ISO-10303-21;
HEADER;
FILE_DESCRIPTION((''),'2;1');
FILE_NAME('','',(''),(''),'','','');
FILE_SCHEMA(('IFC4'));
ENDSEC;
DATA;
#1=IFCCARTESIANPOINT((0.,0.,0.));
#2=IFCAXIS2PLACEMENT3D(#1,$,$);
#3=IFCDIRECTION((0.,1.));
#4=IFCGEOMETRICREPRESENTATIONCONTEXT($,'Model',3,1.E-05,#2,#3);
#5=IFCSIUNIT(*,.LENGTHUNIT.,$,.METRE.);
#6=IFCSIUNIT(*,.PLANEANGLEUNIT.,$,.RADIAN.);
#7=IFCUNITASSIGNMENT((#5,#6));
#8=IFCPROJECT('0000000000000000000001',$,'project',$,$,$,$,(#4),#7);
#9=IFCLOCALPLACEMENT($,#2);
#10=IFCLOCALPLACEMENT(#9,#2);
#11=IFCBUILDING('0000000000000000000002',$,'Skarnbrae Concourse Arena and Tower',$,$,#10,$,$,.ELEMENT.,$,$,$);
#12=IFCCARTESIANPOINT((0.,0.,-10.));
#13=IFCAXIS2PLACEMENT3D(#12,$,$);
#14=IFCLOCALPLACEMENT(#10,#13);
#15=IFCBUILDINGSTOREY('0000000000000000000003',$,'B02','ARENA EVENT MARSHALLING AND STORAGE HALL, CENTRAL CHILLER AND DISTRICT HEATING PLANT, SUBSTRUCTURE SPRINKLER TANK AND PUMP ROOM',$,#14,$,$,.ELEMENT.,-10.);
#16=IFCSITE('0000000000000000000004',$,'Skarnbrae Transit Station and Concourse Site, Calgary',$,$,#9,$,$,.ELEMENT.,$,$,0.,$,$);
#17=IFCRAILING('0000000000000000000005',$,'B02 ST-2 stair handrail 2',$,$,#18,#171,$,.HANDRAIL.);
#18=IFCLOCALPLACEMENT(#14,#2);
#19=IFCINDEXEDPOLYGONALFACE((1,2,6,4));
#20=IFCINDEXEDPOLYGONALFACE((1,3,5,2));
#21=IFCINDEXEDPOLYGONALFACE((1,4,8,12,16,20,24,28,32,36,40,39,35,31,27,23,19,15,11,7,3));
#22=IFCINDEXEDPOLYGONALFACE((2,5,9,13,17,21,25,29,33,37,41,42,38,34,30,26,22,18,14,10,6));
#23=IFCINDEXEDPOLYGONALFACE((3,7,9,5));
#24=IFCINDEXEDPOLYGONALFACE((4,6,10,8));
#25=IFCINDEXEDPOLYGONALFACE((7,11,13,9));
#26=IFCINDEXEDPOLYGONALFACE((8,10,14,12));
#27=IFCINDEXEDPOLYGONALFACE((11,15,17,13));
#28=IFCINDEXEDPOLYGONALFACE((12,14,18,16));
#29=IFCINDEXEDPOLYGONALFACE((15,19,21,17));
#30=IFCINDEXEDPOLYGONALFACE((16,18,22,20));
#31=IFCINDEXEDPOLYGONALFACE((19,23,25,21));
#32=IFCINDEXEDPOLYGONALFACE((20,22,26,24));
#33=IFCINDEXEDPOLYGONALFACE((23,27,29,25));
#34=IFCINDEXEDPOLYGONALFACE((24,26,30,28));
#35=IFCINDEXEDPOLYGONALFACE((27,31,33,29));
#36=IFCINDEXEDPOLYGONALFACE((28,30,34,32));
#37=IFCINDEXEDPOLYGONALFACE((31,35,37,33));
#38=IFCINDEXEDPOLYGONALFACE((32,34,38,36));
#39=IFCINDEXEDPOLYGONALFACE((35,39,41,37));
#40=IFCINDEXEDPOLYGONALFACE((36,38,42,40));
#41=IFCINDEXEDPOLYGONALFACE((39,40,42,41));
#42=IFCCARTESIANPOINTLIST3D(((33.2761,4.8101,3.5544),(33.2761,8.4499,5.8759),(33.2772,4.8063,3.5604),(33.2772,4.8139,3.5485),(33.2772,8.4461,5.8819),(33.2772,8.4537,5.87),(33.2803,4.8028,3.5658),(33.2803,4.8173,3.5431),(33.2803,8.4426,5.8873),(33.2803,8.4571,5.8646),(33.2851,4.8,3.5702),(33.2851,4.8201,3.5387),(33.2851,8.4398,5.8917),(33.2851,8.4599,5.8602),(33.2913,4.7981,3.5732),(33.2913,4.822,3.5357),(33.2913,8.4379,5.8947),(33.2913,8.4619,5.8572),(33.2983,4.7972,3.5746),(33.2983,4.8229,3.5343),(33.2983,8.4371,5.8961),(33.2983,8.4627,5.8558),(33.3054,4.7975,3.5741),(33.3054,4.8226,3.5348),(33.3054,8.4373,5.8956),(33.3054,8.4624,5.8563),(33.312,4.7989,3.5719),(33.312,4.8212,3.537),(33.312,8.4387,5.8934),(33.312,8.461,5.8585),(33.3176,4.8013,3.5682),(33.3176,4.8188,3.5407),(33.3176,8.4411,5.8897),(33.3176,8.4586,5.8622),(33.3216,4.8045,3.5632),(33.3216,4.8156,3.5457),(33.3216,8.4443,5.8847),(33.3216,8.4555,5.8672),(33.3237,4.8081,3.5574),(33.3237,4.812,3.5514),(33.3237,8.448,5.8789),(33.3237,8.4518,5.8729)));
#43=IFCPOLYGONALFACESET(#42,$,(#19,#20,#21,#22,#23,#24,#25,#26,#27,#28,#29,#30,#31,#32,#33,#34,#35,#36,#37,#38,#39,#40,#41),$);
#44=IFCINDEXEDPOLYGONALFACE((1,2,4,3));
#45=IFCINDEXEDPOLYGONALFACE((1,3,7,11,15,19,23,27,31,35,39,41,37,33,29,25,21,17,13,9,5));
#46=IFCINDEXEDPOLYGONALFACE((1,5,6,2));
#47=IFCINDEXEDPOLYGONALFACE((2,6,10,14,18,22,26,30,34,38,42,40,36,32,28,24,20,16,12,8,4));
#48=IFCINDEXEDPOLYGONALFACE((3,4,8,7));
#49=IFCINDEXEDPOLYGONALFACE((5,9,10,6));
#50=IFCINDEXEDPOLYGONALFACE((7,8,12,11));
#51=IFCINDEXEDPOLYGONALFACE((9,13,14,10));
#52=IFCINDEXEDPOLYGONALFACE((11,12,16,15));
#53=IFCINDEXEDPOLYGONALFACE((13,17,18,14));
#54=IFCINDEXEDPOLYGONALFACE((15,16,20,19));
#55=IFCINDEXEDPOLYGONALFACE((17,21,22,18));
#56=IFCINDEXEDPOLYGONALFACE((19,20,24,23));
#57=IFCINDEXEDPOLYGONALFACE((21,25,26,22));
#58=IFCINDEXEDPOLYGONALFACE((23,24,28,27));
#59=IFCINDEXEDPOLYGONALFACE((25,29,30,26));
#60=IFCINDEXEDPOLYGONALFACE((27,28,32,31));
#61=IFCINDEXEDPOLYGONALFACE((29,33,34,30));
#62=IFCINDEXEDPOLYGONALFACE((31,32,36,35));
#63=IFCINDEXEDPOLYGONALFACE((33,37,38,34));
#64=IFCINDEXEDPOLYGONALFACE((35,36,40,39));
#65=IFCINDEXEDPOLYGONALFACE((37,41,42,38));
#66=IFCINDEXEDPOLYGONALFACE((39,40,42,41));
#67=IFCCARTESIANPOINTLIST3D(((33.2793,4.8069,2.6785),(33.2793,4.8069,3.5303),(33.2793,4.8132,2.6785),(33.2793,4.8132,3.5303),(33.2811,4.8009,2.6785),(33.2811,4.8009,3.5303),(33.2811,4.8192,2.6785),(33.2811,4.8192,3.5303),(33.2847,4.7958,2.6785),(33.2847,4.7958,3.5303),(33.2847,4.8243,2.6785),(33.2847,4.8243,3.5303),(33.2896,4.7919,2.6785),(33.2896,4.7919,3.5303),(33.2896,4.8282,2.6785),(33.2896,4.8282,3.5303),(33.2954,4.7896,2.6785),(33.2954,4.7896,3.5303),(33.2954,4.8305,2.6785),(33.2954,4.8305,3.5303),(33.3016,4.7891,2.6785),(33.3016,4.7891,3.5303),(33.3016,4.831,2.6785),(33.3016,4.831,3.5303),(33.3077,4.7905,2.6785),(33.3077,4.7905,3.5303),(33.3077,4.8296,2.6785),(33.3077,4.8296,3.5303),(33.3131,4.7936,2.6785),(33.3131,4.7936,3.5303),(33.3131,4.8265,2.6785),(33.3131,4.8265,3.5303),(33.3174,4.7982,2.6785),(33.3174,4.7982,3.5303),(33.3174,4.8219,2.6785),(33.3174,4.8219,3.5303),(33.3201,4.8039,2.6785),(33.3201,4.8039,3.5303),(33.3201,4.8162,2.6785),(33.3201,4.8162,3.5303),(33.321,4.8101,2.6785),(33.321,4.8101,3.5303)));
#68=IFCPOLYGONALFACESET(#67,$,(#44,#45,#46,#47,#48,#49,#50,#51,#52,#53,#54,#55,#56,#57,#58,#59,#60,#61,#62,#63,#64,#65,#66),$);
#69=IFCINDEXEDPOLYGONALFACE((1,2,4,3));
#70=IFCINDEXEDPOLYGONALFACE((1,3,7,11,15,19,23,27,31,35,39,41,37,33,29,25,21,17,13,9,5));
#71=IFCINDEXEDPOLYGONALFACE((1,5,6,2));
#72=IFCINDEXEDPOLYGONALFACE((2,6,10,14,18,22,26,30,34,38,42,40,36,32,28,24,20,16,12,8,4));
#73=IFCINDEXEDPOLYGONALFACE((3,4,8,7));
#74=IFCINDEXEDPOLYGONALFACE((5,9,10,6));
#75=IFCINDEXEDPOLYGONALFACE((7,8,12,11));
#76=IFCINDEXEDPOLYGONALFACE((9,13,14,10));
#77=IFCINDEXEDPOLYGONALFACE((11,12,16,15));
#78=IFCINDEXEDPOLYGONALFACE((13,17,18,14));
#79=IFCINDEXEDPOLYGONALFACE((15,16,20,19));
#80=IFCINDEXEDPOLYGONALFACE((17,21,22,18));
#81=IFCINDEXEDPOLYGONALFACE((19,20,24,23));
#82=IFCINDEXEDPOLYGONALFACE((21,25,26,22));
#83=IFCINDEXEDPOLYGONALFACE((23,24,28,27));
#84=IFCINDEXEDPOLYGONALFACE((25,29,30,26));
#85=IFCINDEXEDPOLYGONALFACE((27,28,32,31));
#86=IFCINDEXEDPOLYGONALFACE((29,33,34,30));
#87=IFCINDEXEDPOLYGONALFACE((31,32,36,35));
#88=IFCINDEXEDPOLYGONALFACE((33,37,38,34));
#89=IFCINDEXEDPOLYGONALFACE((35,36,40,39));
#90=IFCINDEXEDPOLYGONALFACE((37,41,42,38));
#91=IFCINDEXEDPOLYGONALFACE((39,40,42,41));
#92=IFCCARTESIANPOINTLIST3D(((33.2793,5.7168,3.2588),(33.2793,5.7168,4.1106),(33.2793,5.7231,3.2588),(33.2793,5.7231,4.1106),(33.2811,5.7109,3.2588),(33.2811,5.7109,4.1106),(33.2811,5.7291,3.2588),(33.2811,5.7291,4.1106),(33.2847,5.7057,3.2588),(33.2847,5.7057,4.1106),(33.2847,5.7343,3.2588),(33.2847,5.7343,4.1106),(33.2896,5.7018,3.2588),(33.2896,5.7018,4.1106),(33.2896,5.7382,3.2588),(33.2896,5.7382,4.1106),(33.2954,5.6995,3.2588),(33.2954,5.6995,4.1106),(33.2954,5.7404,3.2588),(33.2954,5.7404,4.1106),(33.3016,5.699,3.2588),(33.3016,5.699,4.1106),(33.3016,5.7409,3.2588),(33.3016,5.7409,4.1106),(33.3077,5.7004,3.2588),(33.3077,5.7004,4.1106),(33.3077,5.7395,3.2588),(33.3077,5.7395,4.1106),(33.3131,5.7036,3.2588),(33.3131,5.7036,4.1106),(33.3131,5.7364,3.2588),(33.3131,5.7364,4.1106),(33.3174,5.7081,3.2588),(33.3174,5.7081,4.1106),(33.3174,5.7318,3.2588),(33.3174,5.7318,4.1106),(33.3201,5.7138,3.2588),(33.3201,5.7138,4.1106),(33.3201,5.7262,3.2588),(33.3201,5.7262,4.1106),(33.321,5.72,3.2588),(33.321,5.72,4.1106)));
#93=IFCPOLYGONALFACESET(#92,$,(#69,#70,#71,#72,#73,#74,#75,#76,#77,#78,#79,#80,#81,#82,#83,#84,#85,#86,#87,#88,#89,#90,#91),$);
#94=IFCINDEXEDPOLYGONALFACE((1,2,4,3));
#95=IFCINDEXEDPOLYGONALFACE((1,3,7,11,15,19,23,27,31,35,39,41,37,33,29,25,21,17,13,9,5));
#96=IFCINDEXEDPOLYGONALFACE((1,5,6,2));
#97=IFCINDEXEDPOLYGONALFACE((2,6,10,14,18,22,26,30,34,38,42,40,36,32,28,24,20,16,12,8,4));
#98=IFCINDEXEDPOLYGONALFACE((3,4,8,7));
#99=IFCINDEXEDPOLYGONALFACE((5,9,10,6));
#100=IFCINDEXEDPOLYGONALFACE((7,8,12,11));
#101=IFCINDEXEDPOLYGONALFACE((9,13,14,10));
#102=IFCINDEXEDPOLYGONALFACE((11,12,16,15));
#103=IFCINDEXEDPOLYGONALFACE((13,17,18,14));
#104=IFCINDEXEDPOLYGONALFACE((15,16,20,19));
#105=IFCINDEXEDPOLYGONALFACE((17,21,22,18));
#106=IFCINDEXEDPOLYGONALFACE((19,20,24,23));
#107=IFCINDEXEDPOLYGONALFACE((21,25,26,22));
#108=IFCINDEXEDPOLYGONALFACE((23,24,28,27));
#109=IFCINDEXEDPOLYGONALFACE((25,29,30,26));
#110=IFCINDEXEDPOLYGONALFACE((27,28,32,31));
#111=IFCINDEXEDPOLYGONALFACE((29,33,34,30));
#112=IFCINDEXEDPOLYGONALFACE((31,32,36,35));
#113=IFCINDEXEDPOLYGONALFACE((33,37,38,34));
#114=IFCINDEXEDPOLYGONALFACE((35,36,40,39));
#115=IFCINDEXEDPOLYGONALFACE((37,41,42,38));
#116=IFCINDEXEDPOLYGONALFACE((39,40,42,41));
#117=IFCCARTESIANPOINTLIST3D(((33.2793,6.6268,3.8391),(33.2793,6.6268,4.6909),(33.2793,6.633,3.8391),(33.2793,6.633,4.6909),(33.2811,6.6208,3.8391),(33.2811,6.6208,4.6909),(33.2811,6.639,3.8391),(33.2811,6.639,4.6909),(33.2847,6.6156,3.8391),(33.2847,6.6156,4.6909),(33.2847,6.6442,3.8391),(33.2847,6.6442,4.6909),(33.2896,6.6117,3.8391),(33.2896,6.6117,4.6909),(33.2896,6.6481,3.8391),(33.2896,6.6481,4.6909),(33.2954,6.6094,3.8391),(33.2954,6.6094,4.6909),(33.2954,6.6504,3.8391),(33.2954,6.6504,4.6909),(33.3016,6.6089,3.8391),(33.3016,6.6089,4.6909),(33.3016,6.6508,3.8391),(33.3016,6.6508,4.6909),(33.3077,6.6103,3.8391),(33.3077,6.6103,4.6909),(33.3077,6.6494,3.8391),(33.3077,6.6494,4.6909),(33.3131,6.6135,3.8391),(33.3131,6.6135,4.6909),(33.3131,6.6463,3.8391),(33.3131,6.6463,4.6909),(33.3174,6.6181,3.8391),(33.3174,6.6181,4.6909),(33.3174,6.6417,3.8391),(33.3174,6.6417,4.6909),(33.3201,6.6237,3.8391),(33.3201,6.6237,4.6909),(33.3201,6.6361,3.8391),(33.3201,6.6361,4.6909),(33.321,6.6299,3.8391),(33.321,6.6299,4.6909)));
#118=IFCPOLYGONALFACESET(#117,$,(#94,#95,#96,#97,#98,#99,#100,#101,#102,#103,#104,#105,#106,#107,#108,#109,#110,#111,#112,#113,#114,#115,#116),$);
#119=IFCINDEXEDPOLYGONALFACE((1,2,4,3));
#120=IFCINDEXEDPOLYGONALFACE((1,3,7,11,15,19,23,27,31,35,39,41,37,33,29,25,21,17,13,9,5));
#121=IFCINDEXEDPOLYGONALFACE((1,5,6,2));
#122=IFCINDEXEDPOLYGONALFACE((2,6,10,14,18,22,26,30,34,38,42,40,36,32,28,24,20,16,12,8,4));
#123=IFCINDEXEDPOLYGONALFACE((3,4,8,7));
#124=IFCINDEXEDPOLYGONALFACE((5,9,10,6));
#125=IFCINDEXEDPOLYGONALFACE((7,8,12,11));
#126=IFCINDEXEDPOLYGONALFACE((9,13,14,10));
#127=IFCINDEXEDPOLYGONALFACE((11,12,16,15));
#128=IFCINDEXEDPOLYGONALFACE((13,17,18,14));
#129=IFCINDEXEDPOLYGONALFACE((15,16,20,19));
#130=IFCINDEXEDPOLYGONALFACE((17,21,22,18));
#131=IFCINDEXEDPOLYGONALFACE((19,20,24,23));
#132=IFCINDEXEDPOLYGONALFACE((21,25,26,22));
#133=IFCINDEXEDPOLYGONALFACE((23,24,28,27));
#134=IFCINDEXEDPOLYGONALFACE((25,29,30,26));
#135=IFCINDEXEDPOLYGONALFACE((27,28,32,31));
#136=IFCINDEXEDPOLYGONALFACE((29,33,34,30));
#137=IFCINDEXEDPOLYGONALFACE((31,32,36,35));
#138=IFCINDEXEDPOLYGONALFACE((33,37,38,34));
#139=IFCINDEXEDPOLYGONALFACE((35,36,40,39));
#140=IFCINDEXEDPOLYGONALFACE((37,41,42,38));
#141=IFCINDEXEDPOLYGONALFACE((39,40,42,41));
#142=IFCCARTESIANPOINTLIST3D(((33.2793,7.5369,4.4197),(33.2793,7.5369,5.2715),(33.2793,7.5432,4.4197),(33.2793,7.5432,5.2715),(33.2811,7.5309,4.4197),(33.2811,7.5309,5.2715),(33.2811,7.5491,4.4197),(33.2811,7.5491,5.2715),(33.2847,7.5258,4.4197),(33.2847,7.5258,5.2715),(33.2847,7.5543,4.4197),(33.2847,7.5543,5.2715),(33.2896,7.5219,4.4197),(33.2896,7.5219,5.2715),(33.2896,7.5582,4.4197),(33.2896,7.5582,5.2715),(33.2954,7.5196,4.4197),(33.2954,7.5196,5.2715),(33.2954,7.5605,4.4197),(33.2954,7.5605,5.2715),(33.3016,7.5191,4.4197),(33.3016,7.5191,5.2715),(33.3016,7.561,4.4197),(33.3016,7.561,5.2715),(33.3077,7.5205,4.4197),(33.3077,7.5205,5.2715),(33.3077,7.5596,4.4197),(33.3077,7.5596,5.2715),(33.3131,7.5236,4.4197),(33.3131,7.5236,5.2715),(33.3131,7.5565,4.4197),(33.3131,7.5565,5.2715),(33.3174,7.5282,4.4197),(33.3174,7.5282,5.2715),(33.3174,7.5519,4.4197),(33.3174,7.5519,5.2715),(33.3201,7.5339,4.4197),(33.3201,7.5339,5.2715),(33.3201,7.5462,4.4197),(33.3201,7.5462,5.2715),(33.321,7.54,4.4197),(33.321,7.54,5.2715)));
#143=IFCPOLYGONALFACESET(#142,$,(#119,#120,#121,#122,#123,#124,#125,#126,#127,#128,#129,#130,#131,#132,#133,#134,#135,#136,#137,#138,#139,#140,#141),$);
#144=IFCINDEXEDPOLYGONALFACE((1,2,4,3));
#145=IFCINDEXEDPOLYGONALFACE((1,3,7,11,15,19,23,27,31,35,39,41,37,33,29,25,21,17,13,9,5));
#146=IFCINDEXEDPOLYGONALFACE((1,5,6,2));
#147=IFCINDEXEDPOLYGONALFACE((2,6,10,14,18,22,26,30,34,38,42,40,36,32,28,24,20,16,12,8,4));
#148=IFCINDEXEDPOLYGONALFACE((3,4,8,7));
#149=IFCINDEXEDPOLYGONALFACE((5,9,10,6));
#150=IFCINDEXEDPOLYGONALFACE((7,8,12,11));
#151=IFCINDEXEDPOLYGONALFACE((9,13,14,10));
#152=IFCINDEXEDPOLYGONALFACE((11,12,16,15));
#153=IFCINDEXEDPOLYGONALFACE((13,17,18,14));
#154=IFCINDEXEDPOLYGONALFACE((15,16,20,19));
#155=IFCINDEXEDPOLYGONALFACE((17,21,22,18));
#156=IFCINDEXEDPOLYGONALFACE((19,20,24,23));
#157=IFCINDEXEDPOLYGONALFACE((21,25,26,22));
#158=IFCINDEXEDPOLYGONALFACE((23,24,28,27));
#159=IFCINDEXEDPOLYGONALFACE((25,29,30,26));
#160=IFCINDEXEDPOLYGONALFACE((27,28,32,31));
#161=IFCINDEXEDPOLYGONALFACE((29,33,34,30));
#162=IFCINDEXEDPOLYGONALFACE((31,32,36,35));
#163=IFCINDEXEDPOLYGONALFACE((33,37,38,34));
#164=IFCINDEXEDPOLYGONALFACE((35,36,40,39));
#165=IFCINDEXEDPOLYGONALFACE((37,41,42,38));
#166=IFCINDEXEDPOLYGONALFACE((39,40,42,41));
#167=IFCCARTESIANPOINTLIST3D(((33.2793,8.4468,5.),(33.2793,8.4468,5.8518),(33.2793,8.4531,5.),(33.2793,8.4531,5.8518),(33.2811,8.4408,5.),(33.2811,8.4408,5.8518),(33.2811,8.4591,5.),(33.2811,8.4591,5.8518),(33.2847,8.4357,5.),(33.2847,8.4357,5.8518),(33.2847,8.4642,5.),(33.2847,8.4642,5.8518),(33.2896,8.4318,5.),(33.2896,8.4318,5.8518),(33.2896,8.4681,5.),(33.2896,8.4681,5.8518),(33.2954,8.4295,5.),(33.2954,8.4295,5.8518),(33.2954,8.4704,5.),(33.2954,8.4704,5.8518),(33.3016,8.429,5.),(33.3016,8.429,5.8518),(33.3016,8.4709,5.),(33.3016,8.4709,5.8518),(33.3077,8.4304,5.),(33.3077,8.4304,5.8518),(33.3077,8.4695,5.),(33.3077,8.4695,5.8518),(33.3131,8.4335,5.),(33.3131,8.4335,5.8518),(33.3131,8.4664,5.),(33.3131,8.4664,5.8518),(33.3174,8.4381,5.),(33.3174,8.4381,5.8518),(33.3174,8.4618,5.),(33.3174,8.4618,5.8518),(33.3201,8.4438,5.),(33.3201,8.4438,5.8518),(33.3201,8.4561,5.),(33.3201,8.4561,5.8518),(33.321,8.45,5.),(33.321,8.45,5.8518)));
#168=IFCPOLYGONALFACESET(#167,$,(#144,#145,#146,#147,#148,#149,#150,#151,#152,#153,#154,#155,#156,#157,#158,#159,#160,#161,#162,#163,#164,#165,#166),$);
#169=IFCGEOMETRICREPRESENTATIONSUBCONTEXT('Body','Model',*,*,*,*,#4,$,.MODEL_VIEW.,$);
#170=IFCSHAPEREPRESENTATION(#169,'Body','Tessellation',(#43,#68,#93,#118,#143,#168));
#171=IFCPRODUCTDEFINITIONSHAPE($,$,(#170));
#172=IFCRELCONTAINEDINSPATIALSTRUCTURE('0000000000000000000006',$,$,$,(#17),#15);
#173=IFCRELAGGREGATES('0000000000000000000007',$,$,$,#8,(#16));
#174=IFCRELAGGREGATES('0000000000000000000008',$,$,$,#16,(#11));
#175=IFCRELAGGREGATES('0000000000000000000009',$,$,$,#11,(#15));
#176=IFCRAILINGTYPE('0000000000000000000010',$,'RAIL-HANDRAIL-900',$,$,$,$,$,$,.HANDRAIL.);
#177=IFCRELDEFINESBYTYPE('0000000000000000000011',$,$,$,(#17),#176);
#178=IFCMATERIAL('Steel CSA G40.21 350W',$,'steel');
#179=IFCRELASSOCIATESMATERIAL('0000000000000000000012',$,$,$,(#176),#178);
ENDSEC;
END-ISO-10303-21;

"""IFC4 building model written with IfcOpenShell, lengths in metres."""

from ifc_helpers import new_model, si_unit, direction, frame, origin, origin_2d, place, context, subcontext, project, spatial, circle, extrude, material, type_object, element, save


model = new_model("IFC4")

# Units and contexts
model_context = context("Model", 3, precision=1e-05, world=origin(), true_north=direction((0.0, 1.0)))
body_context = subcontext(model_context, "Body", "Model", "MODEL_VIEW")
ifc_project = project(units=[si_unit("LENGTHUNIT", "METRE"), si_unit("PLANEANGLEUNIT", "RADIAN")], contexts=[model_context])

# Site, building, storey
site_placement = place(None, origin())
site = spatial("IfcSite", under=ifc_project, at=site_placement, Name="Skarnbrae Transit Station and Concourse Site, Calgary", CompositionType="ELEMENT", RefElevation=0.0)
building_placement = place(site_placement, origin())
building = spatial("IfcBuilding", under=site, at=building_placement, Name="Skarnbrae Concourse Arena and Tower", CompositionType="ELEMENT")
storey_placement = place(building_placement, frame((0.0, 0.0, -10.0)))
storey = spatial("IfcBuildingStorey", under=building, at=storey_placement, Name="B02", Description="ARENA EVENT MARSHALLING AND STORAGE HALL, CENTRAL CHILLER AND DISTRICT HEATING PLANT, SUBSTRUCTURE SPRINKLER TANK AND PUMP ROOM", CompositionType="ELEMENT", Elevation=-10.0)

# Shared definitions
ifc_material_1 = material(Name="Steel CSA G40.21 350W", Category="steel")

# Railing
railing_type_1 = type_object("IfcRailingType", Name="RAIL-HANDRAIL-900", PredefinedType="HANDRAIL", material=ifc_material_1)
railing_1_placement = place(storey_placement, frame((33.3, 4.8101, 2.6785)))
element("IfcRailing", 1, at=railing_1_placement, inside=storey, type_object=railing_type_1, Name="B02 ST-2 stair handrail 2", PredefinedType="HANDRAIL", context=body_context, shape_type="SweptSolid", body=[
    extrude(circle(Radius=0.0239, at=origin_2d()), frame((0.0, 0.0, 0.876), z_axis=(0.0, 0.843112, 0.537739), x_axis=(-1.0, 0.0, 0.0)), (0.0, 0.0, 1.0), 4.3171),
    extrude(circle(Radius=0.021, at=origin_2d()), origin(), (0.0, 0.0, 1.0), 0.8518),
    extrude(circle(Radius=0.021, at=origin_2d()), frame((0.0, 0.9099, 0.5803)), (0.0, 0.0, 1.0), 0.8518),
    extrude(circle(Radius=0.021, at=origin_2d()), frame((0.0, 1.8198, 1.1606)), (0.0, 0.0, 1.0), 0.8518),
    extrude(circle(Radius=0.021, at=origin_2d()), frame((0.0, 2.73, 1.7412)), (0.0, 0.0, 1.0), 0.8518),
    extrude(circle(Radius=0.021, at=origin_2d()), frame((0.0, 3.6399, 2.3215)), (0.0, 0.0, 1.0), 0.8518),
])

save(model, "model.ifc")
